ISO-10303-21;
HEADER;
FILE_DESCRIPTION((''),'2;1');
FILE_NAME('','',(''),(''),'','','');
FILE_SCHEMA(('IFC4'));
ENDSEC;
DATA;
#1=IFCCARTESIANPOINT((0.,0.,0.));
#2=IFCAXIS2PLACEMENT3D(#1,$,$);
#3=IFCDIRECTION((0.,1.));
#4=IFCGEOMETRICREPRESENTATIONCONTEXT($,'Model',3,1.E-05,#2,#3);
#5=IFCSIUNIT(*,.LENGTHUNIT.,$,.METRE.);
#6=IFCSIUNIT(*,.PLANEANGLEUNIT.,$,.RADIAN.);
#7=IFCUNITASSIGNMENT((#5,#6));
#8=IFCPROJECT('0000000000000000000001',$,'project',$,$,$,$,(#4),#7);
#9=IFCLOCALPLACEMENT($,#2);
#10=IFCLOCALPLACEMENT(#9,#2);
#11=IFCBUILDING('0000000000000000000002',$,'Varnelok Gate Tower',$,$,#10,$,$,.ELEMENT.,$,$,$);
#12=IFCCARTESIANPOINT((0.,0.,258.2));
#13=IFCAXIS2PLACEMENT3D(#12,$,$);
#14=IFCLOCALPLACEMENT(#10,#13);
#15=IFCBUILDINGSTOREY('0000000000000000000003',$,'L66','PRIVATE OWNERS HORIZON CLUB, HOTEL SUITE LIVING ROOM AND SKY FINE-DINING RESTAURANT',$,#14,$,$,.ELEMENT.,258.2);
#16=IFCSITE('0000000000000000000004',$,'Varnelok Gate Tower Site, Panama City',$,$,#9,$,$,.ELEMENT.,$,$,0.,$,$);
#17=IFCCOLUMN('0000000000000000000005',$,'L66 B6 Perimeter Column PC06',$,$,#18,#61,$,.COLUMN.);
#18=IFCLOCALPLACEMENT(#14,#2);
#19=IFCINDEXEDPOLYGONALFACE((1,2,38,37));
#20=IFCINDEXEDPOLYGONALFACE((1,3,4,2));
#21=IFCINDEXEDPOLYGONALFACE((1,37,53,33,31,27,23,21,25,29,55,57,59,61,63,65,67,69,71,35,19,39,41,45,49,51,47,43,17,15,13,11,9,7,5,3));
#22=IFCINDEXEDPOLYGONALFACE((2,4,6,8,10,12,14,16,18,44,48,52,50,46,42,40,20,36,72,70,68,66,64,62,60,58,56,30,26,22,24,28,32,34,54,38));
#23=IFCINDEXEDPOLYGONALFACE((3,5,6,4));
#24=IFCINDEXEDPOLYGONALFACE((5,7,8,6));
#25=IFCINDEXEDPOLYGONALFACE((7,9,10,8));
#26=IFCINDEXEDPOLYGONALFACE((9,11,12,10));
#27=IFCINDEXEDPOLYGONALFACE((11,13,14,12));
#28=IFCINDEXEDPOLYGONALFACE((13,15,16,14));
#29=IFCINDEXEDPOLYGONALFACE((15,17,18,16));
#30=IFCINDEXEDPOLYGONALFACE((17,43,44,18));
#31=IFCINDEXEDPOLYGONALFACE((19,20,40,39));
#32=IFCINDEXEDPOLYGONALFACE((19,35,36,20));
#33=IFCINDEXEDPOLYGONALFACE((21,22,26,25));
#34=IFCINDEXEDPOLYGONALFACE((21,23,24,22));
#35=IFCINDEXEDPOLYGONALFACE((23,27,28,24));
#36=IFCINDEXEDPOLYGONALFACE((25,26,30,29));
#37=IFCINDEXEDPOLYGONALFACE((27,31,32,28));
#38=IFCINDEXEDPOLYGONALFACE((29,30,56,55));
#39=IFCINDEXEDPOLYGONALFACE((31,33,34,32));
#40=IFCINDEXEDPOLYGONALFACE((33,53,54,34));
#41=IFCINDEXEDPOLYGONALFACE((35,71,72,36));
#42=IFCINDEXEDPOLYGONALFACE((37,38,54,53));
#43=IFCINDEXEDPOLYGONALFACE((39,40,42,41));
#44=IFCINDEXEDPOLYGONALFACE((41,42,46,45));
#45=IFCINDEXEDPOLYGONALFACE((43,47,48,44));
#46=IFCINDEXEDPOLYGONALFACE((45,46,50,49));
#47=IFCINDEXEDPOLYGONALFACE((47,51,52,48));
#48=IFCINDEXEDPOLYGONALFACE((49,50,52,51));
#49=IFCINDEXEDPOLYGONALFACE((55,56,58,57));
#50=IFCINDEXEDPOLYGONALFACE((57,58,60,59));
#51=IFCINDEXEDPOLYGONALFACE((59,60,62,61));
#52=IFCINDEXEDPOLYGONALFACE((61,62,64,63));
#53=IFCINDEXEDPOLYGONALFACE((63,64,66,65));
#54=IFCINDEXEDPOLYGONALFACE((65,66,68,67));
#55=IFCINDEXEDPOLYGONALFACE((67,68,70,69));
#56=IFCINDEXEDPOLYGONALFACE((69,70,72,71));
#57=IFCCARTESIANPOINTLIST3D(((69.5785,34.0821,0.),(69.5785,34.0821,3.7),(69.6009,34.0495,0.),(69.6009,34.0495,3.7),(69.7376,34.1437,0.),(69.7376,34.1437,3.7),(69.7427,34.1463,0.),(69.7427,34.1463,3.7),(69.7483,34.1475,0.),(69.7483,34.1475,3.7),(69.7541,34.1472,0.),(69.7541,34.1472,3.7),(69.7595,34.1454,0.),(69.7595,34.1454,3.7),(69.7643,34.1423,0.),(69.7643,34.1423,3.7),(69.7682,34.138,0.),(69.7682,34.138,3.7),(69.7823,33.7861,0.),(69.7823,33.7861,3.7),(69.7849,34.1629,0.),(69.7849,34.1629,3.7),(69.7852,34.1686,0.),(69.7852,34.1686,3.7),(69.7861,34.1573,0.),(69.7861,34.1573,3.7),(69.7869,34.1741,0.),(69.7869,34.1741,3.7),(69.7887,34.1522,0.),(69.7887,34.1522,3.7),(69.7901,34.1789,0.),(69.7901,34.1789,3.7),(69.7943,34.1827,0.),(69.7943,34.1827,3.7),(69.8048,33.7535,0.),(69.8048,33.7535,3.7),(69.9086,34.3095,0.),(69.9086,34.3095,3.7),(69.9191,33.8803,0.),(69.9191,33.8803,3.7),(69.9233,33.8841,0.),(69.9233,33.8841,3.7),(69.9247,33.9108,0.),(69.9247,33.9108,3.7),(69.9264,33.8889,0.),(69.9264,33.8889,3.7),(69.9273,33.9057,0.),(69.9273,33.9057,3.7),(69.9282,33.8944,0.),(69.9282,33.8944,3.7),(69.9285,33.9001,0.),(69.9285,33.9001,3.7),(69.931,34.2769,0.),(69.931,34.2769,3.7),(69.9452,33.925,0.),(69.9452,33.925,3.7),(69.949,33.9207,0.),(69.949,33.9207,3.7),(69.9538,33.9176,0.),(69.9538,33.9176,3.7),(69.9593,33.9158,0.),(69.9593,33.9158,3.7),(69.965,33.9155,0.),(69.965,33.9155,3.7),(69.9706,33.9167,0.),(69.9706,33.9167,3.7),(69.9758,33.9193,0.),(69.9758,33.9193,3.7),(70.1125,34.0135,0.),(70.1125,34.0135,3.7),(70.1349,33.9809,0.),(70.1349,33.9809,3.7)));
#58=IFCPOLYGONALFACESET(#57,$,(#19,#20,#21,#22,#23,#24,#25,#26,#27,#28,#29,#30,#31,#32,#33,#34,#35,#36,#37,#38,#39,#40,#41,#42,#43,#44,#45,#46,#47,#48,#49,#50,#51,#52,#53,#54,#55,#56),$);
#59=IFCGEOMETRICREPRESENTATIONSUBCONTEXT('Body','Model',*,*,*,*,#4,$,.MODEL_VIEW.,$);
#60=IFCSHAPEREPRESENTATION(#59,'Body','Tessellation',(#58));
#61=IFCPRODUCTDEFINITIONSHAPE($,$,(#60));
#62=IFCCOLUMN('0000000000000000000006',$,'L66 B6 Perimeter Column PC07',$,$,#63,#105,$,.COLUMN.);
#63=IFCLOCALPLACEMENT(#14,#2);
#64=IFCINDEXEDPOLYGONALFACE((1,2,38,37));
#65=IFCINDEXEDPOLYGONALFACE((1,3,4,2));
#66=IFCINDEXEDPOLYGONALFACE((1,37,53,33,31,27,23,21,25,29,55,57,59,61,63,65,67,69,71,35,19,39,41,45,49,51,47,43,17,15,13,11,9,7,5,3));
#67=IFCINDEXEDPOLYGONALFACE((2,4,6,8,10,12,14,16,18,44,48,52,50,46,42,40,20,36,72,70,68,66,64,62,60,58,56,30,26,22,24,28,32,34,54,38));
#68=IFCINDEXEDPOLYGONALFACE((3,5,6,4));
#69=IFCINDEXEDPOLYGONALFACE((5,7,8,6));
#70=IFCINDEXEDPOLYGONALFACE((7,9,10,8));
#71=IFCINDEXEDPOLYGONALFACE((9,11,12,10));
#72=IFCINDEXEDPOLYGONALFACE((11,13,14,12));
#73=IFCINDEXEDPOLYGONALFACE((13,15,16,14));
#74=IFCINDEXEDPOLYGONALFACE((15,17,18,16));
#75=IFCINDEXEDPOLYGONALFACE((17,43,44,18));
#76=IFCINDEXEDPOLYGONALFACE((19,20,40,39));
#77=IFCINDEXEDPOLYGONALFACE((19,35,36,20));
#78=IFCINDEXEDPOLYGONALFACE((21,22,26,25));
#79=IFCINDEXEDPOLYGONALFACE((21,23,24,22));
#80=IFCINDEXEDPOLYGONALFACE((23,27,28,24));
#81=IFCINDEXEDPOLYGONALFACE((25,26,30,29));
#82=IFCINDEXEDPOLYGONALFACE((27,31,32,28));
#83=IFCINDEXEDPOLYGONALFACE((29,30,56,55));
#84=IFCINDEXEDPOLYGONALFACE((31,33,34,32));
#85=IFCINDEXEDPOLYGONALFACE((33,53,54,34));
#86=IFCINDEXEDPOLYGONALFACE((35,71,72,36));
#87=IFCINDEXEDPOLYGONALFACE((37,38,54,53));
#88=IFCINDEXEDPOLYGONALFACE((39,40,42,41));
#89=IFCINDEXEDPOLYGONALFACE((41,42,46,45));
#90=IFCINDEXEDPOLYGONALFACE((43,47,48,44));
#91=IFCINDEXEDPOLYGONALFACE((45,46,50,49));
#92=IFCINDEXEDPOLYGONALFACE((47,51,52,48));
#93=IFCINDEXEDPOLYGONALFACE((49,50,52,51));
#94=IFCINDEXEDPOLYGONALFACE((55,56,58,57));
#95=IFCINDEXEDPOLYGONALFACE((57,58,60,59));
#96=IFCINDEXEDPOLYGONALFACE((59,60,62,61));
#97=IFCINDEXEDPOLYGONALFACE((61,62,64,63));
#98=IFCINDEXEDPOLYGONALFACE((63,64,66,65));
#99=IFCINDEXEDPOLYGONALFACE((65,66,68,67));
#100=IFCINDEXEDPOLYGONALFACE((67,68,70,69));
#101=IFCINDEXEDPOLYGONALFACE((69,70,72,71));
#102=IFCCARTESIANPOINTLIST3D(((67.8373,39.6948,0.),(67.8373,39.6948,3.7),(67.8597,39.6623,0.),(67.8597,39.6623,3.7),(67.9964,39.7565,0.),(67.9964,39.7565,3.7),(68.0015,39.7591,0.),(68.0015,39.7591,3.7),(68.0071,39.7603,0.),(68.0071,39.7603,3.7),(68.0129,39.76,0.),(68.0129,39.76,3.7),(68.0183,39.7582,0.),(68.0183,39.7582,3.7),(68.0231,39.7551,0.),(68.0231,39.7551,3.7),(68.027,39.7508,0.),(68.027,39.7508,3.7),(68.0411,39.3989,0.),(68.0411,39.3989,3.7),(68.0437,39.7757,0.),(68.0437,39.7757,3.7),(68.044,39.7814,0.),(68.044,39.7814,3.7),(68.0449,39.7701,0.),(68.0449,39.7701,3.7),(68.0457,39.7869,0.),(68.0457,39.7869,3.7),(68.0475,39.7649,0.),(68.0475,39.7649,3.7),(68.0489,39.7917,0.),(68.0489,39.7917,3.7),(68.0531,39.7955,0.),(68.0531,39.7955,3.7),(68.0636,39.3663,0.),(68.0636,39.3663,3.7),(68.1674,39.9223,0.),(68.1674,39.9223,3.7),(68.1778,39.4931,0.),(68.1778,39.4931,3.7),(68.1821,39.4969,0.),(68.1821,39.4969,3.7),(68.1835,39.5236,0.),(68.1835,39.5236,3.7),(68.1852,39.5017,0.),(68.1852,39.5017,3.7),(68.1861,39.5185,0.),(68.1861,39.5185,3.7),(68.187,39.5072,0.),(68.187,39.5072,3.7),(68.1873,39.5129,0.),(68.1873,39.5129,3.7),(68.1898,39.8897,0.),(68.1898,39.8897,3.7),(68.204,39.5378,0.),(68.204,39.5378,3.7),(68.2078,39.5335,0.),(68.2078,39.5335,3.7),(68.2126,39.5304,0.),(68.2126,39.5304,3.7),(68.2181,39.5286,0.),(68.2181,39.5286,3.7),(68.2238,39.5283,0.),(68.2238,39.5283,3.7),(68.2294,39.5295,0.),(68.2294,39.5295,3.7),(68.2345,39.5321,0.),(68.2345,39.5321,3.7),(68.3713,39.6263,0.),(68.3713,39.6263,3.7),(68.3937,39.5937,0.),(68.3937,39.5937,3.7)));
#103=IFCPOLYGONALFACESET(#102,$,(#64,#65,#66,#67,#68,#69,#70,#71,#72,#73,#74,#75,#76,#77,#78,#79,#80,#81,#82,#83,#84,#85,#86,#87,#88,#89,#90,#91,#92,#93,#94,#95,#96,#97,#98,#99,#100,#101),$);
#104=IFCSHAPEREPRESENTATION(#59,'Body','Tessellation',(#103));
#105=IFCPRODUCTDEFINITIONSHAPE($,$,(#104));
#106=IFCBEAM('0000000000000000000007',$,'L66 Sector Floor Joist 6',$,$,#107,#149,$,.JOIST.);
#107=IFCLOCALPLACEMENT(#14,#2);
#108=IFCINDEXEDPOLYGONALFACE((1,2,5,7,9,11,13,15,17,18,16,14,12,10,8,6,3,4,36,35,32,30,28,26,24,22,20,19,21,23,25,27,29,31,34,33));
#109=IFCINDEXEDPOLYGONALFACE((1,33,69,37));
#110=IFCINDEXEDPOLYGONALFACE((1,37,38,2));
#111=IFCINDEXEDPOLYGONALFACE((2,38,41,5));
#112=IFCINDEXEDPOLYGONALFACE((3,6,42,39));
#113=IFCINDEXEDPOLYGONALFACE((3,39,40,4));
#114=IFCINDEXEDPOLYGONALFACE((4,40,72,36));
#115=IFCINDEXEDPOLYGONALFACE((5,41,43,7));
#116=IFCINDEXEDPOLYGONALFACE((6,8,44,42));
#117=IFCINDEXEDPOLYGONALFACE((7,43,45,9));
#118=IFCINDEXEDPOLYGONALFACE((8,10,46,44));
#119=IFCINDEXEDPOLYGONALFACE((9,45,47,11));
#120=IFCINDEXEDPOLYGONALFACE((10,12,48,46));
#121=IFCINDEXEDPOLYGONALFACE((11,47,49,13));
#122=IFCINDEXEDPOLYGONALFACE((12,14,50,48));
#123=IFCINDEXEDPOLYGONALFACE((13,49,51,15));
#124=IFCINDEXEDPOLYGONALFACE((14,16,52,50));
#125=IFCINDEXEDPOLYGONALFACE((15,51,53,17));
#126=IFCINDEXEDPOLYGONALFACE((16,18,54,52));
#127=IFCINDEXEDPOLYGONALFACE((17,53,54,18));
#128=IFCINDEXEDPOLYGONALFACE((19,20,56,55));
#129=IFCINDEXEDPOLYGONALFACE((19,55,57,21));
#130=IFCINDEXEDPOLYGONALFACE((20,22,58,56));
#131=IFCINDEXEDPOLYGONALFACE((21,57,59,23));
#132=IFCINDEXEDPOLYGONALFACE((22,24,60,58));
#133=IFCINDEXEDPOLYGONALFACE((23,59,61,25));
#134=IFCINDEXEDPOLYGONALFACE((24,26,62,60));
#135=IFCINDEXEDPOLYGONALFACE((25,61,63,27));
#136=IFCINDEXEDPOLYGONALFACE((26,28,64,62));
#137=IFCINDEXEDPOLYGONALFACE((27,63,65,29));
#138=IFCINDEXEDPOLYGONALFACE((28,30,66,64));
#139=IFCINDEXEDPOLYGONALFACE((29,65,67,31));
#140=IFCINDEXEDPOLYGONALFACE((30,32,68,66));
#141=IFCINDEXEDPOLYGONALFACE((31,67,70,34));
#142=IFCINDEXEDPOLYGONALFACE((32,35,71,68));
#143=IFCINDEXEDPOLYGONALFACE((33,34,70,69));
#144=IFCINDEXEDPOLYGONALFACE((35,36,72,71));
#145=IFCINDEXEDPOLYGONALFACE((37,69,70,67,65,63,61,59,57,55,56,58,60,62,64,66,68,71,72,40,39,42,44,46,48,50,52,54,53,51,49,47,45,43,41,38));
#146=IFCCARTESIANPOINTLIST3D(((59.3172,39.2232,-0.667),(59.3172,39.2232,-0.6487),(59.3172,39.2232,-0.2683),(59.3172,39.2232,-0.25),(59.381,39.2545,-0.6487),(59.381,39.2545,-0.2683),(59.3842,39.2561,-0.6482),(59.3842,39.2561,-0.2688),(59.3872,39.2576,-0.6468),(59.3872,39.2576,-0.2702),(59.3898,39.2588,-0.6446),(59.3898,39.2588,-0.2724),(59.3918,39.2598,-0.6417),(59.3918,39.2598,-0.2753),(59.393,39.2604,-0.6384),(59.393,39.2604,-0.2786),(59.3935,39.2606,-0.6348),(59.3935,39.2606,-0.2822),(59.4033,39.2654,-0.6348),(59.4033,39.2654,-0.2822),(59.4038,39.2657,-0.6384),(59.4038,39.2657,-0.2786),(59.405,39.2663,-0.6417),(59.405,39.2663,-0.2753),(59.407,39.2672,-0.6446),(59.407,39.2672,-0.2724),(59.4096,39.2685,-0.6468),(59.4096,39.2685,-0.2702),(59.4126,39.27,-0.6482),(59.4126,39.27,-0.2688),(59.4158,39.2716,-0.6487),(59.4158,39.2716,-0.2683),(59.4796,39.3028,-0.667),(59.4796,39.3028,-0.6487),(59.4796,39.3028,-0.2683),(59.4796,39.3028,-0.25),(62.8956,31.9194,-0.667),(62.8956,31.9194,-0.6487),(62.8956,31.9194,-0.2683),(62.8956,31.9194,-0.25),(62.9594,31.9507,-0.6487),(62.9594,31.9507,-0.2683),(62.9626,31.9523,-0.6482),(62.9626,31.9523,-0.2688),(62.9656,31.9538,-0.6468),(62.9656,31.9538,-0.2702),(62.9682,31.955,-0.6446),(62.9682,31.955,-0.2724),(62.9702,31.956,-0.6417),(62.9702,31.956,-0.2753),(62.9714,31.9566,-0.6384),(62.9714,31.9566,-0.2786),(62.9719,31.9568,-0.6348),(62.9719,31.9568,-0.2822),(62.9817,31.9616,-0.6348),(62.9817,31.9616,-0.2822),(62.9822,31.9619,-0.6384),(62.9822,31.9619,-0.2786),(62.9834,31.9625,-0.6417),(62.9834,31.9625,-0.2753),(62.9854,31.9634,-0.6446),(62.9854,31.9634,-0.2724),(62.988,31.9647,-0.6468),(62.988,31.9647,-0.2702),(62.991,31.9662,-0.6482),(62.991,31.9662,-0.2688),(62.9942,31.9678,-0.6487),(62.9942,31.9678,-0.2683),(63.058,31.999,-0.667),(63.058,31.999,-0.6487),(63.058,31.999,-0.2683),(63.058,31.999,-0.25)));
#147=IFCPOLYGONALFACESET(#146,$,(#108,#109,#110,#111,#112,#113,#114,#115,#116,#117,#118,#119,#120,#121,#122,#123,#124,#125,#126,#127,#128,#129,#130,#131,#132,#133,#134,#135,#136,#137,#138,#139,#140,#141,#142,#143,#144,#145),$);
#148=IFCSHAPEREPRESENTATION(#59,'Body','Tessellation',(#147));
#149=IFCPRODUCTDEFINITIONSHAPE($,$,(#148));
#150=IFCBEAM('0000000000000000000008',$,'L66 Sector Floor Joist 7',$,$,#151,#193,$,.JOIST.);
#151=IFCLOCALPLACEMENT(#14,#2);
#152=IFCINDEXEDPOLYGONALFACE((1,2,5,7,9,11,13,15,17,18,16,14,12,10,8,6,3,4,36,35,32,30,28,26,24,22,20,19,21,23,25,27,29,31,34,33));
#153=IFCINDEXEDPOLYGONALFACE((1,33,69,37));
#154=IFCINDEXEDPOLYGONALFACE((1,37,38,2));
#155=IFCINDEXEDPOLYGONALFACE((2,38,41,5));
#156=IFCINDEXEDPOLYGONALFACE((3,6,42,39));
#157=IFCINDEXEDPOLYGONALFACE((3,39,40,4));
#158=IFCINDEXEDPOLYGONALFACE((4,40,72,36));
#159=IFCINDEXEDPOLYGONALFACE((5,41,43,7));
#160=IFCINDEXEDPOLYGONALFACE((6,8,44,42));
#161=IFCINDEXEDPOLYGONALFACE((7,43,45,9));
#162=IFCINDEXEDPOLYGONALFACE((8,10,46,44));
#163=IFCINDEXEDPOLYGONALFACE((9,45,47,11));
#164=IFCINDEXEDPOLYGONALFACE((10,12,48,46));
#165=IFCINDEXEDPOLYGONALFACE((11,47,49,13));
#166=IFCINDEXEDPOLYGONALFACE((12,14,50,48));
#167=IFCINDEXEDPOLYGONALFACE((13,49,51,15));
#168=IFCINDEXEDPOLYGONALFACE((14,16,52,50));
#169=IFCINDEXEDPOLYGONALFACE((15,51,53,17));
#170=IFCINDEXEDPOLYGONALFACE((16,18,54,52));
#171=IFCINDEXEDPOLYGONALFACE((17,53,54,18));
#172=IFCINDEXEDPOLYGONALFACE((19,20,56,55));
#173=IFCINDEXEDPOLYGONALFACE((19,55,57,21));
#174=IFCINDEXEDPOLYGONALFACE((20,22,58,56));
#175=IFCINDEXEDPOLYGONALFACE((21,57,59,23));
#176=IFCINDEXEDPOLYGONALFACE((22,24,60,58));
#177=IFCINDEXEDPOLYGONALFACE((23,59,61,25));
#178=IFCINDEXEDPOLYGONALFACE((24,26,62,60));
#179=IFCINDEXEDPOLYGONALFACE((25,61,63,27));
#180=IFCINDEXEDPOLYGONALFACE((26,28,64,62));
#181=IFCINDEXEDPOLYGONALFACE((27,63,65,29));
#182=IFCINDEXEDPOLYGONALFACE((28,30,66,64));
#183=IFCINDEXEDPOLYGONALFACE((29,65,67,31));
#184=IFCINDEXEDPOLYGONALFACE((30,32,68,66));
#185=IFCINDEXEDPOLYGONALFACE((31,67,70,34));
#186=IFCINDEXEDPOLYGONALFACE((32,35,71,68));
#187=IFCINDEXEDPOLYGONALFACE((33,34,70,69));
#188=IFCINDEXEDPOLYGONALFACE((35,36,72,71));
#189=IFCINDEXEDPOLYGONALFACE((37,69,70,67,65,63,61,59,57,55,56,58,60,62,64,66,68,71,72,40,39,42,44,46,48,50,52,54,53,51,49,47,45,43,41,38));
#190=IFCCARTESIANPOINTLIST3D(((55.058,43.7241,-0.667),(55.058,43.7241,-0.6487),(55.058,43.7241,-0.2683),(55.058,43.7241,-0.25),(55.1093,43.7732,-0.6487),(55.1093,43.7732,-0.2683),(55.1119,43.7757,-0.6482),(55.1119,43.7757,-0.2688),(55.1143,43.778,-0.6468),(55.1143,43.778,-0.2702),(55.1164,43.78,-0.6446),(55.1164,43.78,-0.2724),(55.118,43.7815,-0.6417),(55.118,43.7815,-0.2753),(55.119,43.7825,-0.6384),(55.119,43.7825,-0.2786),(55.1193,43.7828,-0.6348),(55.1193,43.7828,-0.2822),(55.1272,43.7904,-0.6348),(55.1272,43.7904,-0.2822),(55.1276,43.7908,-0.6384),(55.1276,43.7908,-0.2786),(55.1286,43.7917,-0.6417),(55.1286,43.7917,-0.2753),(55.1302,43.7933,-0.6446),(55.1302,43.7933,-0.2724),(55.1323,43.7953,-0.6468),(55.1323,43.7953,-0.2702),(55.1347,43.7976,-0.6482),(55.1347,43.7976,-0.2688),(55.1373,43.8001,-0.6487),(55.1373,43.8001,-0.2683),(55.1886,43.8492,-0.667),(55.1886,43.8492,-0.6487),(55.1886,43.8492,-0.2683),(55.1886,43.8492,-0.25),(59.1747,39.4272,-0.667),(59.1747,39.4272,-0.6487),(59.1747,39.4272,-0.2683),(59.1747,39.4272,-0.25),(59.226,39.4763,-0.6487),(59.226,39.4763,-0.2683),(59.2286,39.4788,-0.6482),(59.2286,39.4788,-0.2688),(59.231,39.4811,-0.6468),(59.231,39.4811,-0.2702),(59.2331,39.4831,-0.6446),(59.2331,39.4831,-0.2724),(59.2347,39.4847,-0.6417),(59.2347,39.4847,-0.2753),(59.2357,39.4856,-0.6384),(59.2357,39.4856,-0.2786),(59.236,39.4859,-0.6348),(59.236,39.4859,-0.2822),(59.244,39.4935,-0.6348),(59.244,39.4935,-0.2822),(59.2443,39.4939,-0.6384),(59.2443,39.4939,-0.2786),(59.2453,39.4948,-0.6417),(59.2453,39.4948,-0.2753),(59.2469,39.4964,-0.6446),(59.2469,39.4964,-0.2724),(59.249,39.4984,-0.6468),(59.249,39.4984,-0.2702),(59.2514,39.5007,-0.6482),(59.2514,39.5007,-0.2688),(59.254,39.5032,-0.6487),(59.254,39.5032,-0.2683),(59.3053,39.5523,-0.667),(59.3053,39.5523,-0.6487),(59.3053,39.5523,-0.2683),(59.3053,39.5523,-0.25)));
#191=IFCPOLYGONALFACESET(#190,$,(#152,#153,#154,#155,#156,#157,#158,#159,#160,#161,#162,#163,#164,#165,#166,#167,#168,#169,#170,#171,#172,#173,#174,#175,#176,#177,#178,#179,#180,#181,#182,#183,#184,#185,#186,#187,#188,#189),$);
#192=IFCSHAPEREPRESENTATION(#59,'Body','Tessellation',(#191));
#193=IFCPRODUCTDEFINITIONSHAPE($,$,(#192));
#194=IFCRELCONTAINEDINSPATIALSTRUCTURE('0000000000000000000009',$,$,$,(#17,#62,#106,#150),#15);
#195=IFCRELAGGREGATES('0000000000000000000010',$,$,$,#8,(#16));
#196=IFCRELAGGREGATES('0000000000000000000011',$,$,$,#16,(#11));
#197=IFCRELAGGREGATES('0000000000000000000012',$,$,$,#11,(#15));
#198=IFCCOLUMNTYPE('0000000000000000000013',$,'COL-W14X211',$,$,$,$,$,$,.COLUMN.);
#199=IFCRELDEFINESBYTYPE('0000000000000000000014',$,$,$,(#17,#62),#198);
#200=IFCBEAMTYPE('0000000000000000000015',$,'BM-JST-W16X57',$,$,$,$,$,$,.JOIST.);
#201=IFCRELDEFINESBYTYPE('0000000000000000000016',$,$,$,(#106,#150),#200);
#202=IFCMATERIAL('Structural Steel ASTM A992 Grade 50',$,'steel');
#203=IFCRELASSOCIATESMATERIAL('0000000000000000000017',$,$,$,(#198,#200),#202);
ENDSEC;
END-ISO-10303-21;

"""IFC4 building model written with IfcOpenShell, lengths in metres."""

from ifc_helpers import new_model, si_unit, direction, frame, origin, origin_2d, place, context, subcontext, project, spatial, i_section, extrude, material, material_profile, profile_set, type_object, element, save


model = new_model("IFC4")

# Units and contexts
model_context = context("Model", 3, precision=1e-05, world=origin(), true_north=direction((0.0, 1.0)))
body_context = subcontext(model_context, "Body", "Model", "MODEL_VIEW")
ifc_project = project(units=[si_unit("LENGTHUNIT", "METRE"), si_unit("PLANEANGLEUNIT", "RADIAN")], contexts=[model_context])

# Site, building, storey
site_placement = place(None, origin())
site = spatial("IfcSite", under=ifc_project, at=site_placement, Name="Varnelok Gate Tower Site, Panama City", CompositionType="ELEMENT", RefElevation=0.0)
building_placement = place(site_placement, origin())
building = spatial("IfcBuilding", under=site, at=building_placement, Name="Varnelok Gate Tower", CompositionType="ELEMENT")
storey_placement = place(building_placement, frame((0.0, 0.0, 258.2)))
storey = spatial("IfcBuildingStorey", under=building, at=storey_placement, Name="L66", Description="PRIVATE OWNERS HORIZON CLUB, HOTEL SUITE LIVING ROOM AND SKY FINE-DINING RESTAURANT", CompositionType="ELEMENT", Elevation=258.2)

# Columns
ifc_material_1 = material(Name="Structural Steel ASTM A992 Grade 50", Category="steel")
ifc_material_profile_1 = material_profile(ifc_material_1, i_section(OverallWidth=0.4009, OverallDepth=0.3989, WebThickness=0.0249, FlangeThickness=0.0396, FilletRadius=0.022, at=origin_2d()), Name="W14X211")
ifc_profile_set_1 = profile_set([ifc_material_profile_1], Name="Structural Steel ASTM A992 Grade 50")
column_type = type_object("IfcColumnType", Name="COL-W14X211", PredefinedType="COLUMN", material=ifc_profile_set_1)
for number, where, z_axis, x_axis, name in (
    (1, (69.8567, 34.0315, 0.0), (0.0, 0.0, 1.0), (0.823533, 0.567269, 0.0), "L66 B6 Perimeter Column PC06"),
    (2, (68.1155, 39.6443, 0.0), (0.0, 0.0, 1.0), (0.823533, 0.567269, 0.0), "L66 B6 Perimeter Column PC07"),
):
    element("IfcColumn", number, at=place(storey_placement, frame(where, z_axis=z_axis, x_axis=x_axis)), inside=storey, type_object=column_type, Name=name, PredefinedType="COLUMN", context=body_context, shape_type="SweptSolid", body=[
        extrude(i_section(OverallWidth=0.4009, OverallDepth=0.3989, WebThickness=0.0249, FlangeThickness=0.0396, FilletRadius=0.022, at=origin_2d()), origin(), (0.0, 0.0, 1.0), 3.7),
    ])

# Beams
ifc_material_profile_2 = material_profile(ifc_material_1, i_section(OverallWidth=0.1809, OverallDepth=0.417, WebThickness=0.011, FlangeThickness=0.0183, FilletRadius=0.0139, at=origin_2d()), Name="W16X57")
ifc_profile_set_2 = profile_set([ifc_material_profile_2], Name="Structural Steel ASTM A992 Grade 50")
beam_type_1 = type_object("IfcBeamType", Name="BM-JST-W16X57", PredefinedType="JOIST", material=ifc_profile_set_2)
beam_1_placement = place(storey_placement, frame((62.9768, 31.9592, -0.4585), z_axis=(-0.439971, 0.898012, 0.0), x_axis=(-0.898012, -0.439971, 0.0)))
element("IfcBeam", 3, at=beam_1_placement, inside=storey, type_object=beam_type_1, Name="L66 Sector Floor Joist 6", PredefinedType="JOIST", context=body_context, shape_type="SweptSolid", body=[
    extrude(i_section(OverallWidth=0.1809, OverallDepth=0.417, WebThickness=0.011, FlangeThickness=0.0183, FilletRadius=0.0139, at=origin_2d()), origin(), (0.0, 0.0, 1.0), 8.1333),
])
beam_2_placement = place(storey_placement, frame((59.24, 39.4897, -0.4585), z_axis=(-0.691806, 0.722084, 0.0), x_axis=(-0.722084, -0.691806, 0.0)))
element("IfcBeam", 4, at=beam_2_placement, inside=storey, type_object=beam_type_1, Name="L66 Sector Floor Joist 7", PredefinedType="JOIST", context=body_context, shape_type="SweptSolid", body=[
    extrude(i_section(OverallWidth=0.1809, OverallDepth=0.417, WebThickness=0.011, FlangeThickness=0.0183, FilletRadius=0.0139, at=origin_2d()), origin(), (0.0, 0.0, 1.0), 5.9507),
])

save(model, "model.ifc")
